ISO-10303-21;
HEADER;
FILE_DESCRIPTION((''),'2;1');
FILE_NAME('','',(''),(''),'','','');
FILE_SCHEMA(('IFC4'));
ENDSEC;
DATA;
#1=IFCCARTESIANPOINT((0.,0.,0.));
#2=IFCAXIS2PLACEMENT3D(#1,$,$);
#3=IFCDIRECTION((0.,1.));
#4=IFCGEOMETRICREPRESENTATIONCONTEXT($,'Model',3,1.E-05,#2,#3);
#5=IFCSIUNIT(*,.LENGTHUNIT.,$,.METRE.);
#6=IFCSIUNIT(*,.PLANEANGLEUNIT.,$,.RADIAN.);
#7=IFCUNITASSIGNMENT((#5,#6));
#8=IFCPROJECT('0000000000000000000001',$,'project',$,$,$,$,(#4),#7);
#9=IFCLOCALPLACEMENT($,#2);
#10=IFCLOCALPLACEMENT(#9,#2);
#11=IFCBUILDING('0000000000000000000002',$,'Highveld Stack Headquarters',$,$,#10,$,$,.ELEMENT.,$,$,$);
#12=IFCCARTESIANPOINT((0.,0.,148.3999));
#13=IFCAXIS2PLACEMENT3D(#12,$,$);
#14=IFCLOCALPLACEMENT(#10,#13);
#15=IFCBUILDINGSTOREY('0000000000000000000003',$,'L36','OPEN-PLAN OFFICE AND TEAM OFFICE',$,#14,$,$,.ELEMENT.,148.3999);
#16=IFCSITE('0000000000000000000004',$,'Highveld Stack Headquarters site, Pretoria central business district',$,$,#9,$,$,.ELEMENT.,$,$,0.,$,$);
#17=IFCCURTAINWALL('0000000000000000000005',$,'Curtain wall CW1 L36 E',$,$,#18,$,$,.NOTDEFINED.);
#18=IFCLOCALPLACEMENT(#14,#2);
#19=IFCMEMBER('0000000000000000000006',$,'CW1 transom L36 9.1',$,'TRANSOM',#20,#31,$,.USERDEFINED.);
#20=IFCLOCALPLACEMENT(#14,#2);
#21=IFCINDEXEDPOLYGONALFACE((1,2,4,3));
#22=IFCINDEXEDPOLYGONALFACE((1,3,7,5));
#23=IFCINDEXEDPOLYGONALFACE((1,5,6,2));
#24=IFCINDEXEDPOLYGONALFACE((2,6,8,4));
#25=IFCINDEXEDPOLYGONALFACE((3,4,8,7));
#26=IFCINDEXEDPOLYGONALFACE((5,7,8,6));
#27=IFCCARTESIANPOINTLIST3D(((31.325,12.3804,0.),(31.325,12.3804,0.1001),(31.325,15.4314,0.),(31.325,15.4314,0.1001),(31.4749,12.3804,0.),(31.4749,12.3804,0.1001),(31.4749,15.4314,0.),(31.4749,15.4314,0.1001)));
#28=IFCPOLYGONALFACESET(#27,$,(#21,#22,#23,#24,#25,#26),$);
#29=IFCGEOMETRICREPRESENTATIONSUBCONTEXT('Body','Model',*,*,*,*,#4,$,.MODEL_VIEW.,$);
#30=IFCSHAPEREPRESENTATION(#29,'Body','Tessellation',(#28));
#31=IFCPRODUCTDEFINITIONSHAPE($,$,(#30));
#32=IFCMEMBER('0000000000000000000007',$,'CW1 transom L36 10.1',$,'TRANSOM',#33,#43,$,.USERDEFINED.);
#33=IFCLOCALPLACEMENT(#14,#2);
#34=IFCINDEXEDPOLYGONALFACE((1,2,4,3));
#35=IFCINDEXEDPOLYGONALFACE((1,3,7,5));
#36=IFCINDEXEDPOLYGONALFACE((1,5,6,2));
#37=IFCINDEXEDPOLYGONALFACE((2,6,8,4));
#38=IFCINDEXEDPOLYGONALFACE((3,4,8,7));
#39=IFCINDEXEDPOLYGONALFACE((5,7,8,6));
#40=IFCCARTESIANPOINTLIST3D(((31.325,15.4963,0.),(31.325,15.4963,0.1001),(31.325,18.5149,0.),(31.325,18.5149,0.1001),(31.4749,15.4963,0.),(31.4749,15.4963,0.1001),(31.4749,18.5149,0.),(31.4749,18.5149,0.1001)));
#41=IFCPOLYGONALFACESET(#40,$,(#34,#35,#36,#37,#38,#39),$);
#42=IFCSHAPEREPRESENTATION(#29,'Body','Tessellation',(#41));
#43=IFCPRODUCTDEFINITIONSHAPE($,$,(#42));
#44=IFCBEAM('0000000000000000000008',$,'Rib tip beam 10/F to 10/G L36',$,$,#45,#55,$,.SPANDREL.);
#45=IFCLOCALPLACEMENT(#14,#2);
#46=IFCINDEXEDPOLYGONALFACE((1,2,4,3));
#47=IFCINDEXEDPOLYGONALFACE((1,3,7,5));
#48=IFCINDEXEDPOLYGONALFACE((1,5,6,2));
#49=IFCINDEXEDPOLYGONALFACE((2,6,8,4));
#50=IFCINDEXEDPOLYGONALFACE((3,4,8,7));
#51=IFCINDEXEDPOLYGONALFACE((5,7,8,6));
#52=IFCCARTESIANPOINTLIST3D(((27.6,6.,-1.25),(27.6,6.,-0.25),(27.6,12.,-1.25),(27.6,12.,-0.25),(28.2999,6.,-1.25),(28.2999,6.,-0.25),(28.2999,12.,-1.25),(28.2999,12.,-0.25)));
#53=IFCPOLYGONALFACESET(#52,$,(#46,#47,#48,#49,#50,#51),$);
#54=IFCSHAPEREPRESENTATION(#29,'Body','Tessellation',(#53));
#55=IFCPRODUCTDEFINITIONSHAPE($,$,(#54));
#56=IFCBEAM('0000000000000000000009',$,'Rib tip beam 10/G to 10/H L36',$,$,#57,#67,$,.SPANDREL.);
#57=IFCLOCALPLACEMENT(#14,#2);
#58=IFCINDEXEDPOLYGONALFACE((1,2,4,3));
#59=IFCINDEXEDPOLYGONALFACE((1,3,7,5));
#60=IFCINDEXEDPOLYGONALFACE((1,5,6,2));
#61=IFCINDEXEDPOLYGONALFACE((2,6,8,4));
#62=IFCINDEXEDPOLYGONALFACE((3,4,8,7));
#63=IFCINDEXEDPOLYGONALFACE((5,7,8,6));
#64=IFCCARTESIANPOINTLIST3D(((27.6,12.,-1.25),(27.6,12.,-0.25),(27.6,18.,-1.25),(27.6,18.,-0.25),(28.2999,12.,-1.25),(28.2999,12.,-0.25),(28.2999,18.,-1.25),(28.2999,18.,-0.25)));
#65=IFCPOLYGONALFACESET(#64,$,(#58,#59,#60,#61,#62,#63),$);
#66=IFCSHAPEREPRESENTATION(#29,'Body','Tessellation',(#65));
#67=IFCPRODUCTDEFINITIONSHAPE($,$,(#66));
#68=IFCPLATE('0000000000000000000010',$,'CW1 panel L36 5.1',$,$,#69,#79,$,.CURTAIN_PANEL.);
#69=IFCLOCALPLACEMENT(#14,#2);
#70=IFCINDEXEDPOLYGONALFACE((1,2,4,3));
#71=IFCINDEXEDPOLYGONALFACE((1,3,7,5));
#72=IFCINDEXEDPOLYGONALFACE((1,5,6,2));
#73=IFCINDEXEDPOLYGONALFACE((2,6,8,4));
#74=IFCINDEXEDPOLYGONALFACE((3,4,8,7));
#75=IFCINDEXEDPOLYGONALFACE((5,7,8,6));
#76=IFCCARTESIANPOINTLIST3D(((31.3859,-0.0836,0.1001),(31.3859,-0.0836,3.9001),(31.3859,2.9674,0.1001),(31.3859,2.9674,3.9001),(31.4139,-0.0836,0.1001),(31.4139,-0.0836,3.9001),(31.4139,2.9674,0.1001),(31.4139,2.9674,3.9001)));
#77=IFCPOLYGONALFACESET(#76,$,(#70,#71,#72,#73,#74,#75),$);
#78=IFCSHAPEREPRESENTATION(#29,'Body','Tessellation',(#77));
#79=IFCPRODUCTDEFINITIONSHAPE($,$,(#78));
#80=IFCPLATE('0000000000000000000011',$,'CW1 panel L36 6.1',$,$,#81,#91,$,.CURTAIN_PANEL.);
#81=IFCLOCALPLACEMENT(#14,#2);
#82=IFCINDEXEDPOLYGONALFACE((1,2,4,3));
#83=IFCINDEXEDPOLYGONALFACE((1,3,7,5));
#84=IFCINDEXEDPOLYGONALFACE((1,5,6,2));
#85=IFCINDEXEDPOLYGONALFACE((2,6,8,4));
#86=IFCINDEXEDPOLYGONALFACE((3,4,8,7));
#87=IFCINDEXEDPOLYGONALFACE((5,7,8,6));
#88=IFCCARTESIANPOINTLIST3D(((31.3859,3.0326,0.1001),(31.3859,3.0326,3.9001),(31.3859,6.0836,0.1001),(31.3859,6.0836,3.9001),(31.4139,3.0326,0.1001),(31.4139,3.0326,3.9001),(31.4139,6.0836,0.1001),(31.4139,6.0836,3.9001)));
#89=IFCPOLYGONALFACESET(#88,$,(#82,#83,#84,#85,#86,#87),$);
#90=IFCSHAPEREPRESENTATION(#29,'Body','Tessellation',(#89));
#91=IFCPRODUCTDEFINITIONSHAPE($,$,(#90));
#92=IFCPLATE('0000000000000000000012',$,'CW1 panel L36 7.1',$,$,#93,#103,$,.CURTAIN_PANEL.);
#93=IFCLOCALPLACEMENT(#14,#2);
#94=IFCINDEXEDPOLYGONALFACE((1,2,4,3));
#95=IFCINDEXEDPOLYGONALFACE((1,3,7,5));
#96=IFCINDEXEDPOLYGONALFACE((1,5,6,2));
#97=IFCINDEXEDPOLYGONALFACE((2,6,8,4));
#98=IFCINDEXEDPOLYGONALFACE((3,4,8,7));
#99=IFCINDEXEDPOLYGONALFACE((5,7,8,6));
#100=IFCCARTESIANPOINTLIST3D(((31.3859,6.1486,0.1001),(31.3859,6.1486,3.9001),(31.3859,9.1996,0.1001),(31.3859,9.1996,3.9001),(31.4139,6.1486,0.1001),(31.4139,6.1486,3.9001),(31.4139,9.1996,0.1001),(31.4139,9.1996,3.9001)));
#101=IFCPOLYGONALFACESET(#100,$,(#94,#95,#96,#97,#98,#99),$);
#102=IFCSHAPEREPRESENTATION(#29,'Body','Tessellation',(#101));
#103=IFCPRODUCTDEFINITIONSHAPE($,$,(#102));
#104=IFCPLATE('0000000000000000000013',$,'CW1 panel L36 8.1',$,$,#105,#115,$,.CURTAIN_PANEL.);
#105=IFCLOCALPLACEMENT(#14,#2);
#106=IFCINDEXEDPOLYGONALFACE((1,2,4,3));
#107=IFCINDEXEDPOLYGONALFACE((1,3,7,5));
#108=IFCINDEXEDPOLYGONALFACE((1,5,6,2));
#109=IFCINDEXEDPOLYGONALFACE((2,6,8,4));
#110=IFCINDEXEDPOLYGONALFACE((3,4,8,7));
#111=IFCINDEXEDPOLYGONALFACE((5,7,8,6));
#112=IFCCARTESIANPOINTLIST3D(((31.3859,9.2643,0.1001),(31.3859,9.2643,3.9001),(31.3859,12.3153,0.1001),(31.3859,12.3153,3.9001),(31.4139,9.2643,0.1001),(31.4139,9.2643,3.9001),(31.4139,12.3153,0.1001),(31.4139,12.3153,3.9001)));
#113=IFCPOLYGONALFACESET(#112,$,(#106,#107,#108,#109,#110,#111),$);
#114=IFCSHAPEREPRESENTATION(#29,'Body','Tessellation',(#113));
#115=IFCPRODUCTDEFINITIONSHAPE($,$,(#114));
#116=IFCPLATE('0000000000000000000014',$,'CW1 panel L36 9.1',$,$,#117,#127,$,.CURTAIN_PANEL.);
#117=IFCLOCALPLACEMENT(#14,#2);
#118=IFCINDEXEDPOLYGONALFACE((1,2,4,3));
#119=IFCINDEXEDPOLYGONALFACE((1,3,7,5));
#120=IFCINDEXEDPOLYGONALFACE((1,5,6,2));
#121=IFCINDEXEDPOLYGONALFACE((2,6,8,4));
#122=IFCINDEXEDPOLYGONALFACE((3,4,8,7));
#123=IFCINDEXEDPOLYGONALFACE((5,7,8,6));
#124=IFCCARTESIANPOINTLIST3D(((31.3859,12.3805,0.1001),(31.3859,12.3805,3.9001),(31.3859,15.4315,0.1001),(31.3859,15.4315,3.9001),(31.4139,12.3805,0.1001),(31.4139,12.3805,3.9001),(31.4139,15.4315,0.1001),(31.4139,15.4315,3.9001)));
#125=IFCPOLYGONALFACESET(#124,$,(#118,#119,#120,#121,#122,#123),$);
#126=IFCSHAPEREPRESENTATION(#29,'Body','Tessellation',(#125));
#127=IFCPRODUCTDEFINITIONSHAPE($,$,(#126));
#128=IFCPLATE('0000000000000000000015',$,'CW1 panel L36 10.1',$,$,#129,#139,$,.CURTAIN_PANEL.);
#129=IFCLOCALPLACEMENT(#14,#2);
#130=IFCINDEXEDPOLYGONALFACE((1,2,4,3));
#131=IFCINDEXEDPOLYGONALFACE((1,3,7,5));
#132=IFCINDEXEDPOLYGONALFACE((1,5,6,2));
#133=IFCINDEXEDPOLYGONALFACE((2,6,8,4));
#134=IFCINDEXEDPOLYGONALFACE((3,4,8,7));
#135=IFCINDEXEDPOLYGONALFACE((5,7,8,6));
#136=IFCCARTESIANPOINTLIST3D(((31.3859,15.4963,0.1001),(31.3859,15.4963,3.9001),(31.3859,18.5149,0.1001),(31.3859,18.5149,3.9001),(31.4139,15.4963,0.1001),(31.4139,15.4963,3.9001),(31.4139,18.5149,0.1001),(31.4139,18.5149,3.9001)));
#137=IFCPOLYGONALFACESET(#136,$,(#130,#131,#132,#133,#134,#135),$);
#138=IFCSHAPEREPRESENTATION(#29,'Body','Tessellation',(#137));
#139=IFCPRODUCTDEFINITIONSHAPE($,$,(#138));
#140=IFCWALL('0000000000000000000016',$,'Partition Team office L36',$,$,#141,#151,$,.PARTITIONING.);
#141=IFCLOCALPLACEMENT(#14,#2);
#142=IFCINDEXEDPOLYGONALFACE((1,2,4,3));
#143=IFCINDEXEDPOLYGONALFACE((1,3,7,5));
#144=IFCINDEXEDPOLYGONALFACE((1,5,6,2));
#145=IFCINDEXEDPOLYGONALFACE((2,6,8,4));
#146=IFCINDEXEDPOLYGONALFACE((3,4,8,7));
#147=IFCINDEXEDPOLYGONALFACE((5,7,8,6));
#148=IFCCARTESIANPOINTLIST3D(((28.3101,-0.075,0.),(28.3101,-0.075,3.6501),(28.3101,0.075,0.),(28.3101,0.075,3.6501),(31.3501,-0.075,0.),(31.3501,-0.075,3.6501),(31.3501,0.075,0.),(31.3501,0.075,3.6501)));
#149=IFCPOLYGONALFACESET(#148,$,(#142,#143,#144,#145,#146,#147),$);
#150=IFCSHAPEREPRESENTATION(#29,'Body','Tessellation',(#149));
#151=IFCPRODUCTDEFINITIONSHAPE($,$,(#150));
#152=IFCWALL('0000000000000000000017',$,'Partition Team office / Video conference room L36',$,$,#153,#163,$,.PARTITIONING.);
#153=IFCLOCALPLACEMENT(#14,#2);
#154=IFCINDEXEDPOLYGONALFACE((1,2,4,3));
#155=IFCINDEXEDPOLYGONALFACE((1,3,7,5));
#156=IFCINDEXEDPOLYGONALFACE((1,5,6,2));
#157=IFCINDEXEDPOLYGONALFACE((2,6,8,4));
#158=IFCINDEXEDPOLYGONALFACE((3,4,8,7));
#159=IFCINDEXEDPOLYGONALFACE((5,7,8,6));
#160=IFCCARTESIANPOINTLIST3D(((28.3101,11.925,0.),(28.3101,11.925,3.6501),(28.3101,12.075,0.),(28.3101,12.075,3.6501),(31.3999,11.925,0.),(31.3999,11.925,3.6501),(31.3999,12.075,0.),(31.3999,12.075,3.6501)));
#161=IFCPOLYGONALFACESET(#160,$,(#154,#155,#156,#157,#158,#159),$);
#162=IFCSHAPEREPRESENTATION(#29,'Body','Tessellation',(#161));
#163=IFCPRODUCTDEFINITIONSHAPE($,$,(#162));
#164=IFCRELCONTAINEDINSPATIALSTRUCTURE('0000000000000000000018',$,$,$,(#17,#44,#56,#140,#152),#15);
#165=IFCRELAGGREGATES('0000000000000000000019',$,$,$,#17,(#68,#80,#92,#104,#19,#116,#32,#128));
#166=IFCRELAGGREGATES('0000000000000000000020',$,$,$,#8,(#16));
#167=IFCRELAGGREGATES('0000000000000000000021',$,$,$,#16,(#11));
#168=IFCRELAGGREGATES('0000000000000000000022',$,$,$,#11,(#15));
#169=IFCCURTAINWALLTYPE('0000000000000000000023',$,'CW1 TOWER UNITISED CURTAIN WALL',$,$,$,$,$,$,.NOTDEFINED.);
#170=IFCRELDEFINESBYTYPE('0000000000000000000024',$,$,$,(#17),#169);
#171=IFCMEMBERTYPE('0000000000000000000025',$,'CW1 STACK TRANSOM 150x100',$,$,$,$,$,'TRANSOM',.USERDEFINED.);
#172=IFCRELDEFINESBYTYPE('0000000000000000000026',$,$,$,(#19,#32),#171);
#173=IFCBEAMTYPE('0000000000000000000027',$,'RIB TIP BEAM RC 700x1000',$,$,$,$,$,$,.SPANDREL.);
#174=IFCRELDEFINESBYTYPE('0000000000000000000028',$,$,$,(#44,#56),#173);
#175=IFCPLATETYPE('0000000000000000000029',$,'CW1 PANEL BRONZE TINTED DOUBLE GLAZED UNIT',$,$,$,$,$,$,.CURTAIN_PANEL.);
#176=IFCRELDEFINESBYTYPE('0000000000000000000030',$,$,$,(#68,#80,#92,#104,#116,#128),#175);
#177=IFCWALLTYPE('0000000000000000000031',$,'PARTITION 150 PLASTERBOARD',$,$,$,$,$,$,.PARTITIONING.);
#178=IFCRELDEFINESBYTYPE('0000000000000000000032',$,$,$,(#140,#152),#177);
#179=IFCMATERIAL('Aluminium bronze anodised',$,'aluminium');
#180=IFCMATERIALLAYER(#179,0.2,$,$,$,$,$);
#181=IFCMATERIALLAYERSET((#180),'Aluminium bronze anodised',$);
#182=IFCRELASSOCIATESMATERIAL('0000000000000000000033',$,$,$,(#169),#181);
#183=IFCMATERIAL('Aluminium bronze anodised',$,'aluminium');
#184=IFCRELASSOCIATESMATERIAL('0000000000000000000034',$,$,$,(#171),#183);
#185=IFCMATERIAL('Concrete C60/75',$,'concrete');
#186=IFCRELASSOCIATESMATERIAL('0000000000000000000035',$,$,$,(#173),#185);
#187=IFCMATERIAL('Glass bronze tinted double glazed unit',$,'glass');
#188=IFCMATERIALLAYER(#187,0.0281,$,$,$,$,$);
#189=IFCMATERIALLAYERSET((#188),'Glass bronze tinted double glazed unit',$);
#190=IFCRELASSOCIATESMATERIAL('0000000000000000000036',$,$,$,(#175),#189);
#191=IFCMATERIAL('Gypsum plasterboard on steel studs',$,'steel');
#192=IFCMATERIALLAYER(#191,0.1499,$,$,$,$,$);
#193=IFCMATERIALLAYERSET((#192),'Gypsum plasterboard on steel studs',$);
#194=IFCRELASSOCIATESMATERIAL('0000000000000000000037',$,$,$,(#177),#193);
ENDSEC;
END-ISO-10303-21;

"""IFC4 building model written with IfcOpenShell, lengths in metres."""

from ifc_helpers import new_model, si_unit, direction, frame, frame_2d, origin, origin_2d, place, context, subcontext, project, spatial, rectangle, extrude, material, layer, layer_set, material_profile, profile_set, type_object, element, aggregate, save


model = new_model("IFC4")

# Units and contexts
model_context = context("Model", 3, precision=1e-05, world=origin(), true_north=direction((0.0, 1.0)))
body_context = subcontext(model_context, "Body", "Model", "MODEL_VIEW")
ifc_project = project(units=[si_unit("LENGTHUNIT", "METRE"), si_unit("PLANEANGLEUNIT", "RADIAN")], contexts=[model_context])

# Site, building, storey
site_placement = place(None, origin())
site = spatial("IfcSite", under=ifc_project, at=site_placement, Name="Highveld Stack Headquarters site, Pretoria central business district", CompositionType="ELEMENT", RefElevation=0.0)
building_placement = place(site_placement, origin())
building = spatial("IfcBuilding", under=site, at=building_placement, Name="Highveld Stack Headquarters", CompositionType="ELEMENT")
storey_placement = place(building_placement, frame((0.0, 0.0, 148.3999)))
storey = spatial("IfcBuildingStorey", under=building, at=storey_placement, Name="L36", Description="OPEN-PLAN OFFICE AND TEAM OFFICE", CompositionType="ELEMENT", Elevation=148.3999)

# Curtain wall, members
ifc_material_1 = material(Name="Aluminium bronze anodised", Category="aluminium")
ifc_layer_1 = layer(ifc_material_1, 0.2)
ifc_layer_set_1 = layer_set([ifc_layer_1], Name="Aluminium bronze anodised")
curtain_wall_type = type_object("IfcCurtainWallType", Name="CW1 TOWER UNITISED CURTAIN WALL", PredefinedType="NOTDEFINED", material=ifc_layer_set_1)
curtain_wall_placement = place(storey_placement, origin())
curtain_wall = element("IfcCurtainWall", 1, at=curtain_wall_placement, inside=storey, type_object=curtain_wall_type, Name="Curtain wall CW1 L36 E", PredefinedType="NOTDEFINED")
ifc_material_2 = material(Name="Aluminium bronze anodised", Category="aluminium")
ifc_material_profile_1 = material_profile(ifc_material_2, rectangle(XDim=0.1499, YDim=0.1001, at=origin_2d()), Name="CW1 TRANSOM 150x100")
ifc_profile_set_1 = profile_set([ifc_material_profile_1], Name="Aluminium bronze anodised")
member_type_1 = type_object("IfcMemberType", Name="CW1 STACK TRANSOM 150x100", ElementType="TRANSOM", PredefinedType="USERDEFINED", material=ifc_profile_set_1)
member_1_placement = place(storey_placement, frame((31.3999, 12.3804, 0.05), z_axis=(0.0, 1.0, 0.0), x_axis=(-1.0, 0.0, 0.0)))
member_1 = element("IfcMember", 2, at=member_1_placement, type_object=member_type_1, Name="CW1 transom L36 9.1", ObjectType="TRANSOM", PredefinedType="USERDEFINED", context=body_context, shape_type="SweptSolid", body=[
    extrude(rectangle(XDim=0.1499, YDim=0.1001, at=origin_2d()), origin(), (0.0, 0.0, 1.0), 3.051),
])
member_2_placement = place(storey_placement, frame((31.3999, 15.4963, 0.05), z_axis=(0.0, 1.0, 0.0), x_axis=(-1.0, 0.0, 0.0)))
member_2 = element("IfcMember", 3, at=member_2_placement, type_object=member_type_1, Name="CW1 transom L36 10.1", ObjectType="TRANSOM", PredefinedType="USERDEFINED", context=body_context, shape_type="SweptSolid", body=[
    extrude(rectangle(XDim=0.1499, YDim=0.1001, at=origin_2d()), origin(), (0.0, 0.0, 1.0), 3.0186),
])

# Beams
ifc_material_3 = material(Name="Concrete C60/75", Category="concrete")
ifc_material_profile_2 = material_profile(ifc_material_3, rectangle(XDim=0.7, YDim=1.0, at=origin_2d()), Name="RC 700x1000")
ifc_profile_set_2 = profile_set([ifc_material_profile_2], Name="Concrete C60/75")
beam_type = type_object("IfcBeamType", Name="RIB TIP BEAM RC 700x1000", PredefinedType="SPANDREL", material=ifc_profile_set_2)
for number, where, z_axis, x_axis, name in (
    (4, (27.95, 6.0, -0.75), (0.0, 1.0, 0.0), (-1.0, 0.0, 0.0), "Rib tip beam 10/F to 10/G L36"),
    (5, (27.95, 12.0, -0.75), (0.0, 1.0, 0.0), (-1.0, 0.0, 0.0), "Rib tip beam 10/G to 10/H L36"),
):
    element("IfcBeam", number, at=place(storey_placement, frame(where, z_axis=z_axis, x_axis=x_axis)), inside=storey, type_object=beam_type, Name=name, PredefinedType="SPANDREL", context=body_context, shape_type="SweptSolid", body=[
        extrude(rectangle(XDim=0.7, YDim=1.0, at=origin_2d()), origin(), (0.0, 0.0, 1.0), 6.0),
    ])

# Plates
ifc_material_4 = material(Name="Glass bronze tinted double glazed unit", Category="glass")
ifc_layer_2 = layer(ifc_material_4, 0.0281)
ifc_layer_set_2 = layer_set([ifc_layer_2], Name="Glass bronze tinted double glazed unit")
plate_type = type_object("IfcPlateType", Name="CW1 PANEL BRONZE TINTED DOUBLE GLAZED UNIT", PredefinedType="CURTAIN_PANEL", material=ifc_layer_set_2)
plate_1_placement = place(storey_placement, frame((31.3999, 1.4419, 0.1001), z_axis=(0.0, 0.0, 1.0), x_axis=(0.0, 1.0, 0.0)))
plate_1 = element("IfcPlate", 6, at=plate_1_placement, type_object=plate_type, Name="CW1 panel L36 5.1", PredefinedType="CURTAIN_PANEL", context=body_context, shape_type="SweptSolid", body=[
    extrude(rectangle(XDim=3.051, YDim=0.0281, at=origin_2d()), origin(), (0.0, 0.0, 1.0), 3.8),
])
plate_2_placement = place(storey_placement, frame((31.3999, 4.5581, 0.1001), z_axis=(0.0, 0.0, 1.0), x_axis=(0.0, 1.0, 0.0)))
plate_2 = element("IfcPlate", 7, at=plate_2_placement, type_object=plate_type, Name="CW1 panel L36 6.1", PredefinedType="CURTAIN_PANEL", context=body_context, shape_type="SweptSolid", body=[
    extrude(rectangle(XDim=3.051, YDim=0.0281, at=origin_2d()), origin(), (0.0, 0.0, 1.0), 3.8),
])
plate_3_placement = place(storey_placement, frame((31.3999, 7.6741, 0.1001), z_axis=(0.0, 0.0, 1.0), x_axis=(0.0, 1.0, 0.0)))
plate_3 = element("IfcPlate", 8, at=plate_3_placement, type_object=plate_type, Name="CW1 panel L36 7.1", PredefinedType="CURTAIN_PANEL", context=body_context, shape_type="SweptSolid", body=[
    extrude(rectangle(XDim=3.051, YDim=0.0281, at=origin_2d()), origin(), (0.0, 0.0, 1.0), 3.8),
])
plate_4_placement = place(storey_placement, frame((31.3999, 10.7898, 0.1001), z_axis=(0.0, 0.0, 1.0), x_axis=(0.0, 1.0, 0.0)))
plate_4 = element("IfcPlate", 9, at=plate_4_placement, type_object=plate_type, Name="CW1 panel L36 8.1", PredefinedType="CURTAIN_PANEL", context=body_context, shape_type="SweptSolid", body=[
    extrude(rectangle(XDim=3.051, YDim=0.0281, at=origin_2d()), origin(), (0.0, 0.0, 1.0), 3.8),
])
plate_5_placement = place(storey_placement, frame((31.3999, 13.906, 0.1001), z_axis=(0.0, 0.0, 1.0), x_axis=(0.0, 1.0, 0.0)))
plate_5 = element("IfcPlate", 10, at=plate_5_placement, type_object=plate_type, Name="CW1 panel L36 9.1", PredefinedType="CURTAIN_PANEL", context=body_context, shape_type="SweptSolid", body=[
    extrude(rectangle(XDim=3.051, YDim=0.0281, at=origin_2d()), origin(), (0.0, 0.0, 1.0), 3.8),
])
plate_6_placement = place(storey_placement, frame((31.3999, 17.0056, 0.1001), z_axis=(0.0, 0.0, 1.0), x_axis=(0.0, 1.0, 0.0)))
plate_6 = element("IfcPlate", 11, at=plate_6_placement, type_object=plate_type, Name="CW1 panel L36 10.1", PredefinedType="CURTAIN_PANEL", context=body_context, shape_type="SweptSolid", body=[
    extrude(rectangle(XDim=3.0186, YDim=0.0281, at=origin_2d()), origin(), (0.0, 0.0, 1.0), 3.8),
])
aggregate(curtain_wall, [plate_1, plate_2, plate_3, plate_4, member_1, plate_5, member_2, plate_6])

# Walls
ifc_material_5 = material(Name="Gypsum plasterboard on steel studs", Category="steel")
ifc_layer_3 = layer(ifc_material_5, 0.1499)
ifc_layer_set_3 = layer_set([ifc_layer_3], Name="Gypsum plasterboard on steel studs")
wall_type = type_object("IfcWallType", Name="PARTITION 150 PLASTERBOARD", PredefinedType="PARTITIONING", material=ifc_layer_set_3)
wall_1_placement = place(storey_placement, frame((28.3101, 0.0, 0.0), z_axis=(0.0, 0.0, 1.0), x_axis=(1.0, 0.0, 0.0)))
element("IfcWall", 12, at=wall_1_placement, inside=storey, type_object=wall_type, Name="Partition Team office L36", PredefinedType="PARTITIONING", context=body_context, shape_type="SweptSolid", body=[
    extrude(rectangle(XDim=3.04, YDim=0.1499, at=frame_2d((1.52, 0.0))), origin(), (0.0, 0.0, 1.0), 3.6501),
])
wall_2_placement = place(storey_placement, frame((28.3101, 12.0, 0.0), z_axis=(0.0, 0.0, 1.0), x_axis=(1.0, 0.0, 0.0)))
element("IfcWall", 13, at=wall_2_placement, inside=storey, type_object=wall_type, Name="Partition Team office / Video conference room L36", PredefinedType="PARTITIONING", context=body_context, shape_type="SweptSolid", body=[
    extrude(rectangle(XDim=3.0898, YDim=0.1499, at=frame_2d((1.5449, 0.0))), origin(), (0.0, 0.0, 1.0), 3.6501),
])

save(model, "model.ifc")
